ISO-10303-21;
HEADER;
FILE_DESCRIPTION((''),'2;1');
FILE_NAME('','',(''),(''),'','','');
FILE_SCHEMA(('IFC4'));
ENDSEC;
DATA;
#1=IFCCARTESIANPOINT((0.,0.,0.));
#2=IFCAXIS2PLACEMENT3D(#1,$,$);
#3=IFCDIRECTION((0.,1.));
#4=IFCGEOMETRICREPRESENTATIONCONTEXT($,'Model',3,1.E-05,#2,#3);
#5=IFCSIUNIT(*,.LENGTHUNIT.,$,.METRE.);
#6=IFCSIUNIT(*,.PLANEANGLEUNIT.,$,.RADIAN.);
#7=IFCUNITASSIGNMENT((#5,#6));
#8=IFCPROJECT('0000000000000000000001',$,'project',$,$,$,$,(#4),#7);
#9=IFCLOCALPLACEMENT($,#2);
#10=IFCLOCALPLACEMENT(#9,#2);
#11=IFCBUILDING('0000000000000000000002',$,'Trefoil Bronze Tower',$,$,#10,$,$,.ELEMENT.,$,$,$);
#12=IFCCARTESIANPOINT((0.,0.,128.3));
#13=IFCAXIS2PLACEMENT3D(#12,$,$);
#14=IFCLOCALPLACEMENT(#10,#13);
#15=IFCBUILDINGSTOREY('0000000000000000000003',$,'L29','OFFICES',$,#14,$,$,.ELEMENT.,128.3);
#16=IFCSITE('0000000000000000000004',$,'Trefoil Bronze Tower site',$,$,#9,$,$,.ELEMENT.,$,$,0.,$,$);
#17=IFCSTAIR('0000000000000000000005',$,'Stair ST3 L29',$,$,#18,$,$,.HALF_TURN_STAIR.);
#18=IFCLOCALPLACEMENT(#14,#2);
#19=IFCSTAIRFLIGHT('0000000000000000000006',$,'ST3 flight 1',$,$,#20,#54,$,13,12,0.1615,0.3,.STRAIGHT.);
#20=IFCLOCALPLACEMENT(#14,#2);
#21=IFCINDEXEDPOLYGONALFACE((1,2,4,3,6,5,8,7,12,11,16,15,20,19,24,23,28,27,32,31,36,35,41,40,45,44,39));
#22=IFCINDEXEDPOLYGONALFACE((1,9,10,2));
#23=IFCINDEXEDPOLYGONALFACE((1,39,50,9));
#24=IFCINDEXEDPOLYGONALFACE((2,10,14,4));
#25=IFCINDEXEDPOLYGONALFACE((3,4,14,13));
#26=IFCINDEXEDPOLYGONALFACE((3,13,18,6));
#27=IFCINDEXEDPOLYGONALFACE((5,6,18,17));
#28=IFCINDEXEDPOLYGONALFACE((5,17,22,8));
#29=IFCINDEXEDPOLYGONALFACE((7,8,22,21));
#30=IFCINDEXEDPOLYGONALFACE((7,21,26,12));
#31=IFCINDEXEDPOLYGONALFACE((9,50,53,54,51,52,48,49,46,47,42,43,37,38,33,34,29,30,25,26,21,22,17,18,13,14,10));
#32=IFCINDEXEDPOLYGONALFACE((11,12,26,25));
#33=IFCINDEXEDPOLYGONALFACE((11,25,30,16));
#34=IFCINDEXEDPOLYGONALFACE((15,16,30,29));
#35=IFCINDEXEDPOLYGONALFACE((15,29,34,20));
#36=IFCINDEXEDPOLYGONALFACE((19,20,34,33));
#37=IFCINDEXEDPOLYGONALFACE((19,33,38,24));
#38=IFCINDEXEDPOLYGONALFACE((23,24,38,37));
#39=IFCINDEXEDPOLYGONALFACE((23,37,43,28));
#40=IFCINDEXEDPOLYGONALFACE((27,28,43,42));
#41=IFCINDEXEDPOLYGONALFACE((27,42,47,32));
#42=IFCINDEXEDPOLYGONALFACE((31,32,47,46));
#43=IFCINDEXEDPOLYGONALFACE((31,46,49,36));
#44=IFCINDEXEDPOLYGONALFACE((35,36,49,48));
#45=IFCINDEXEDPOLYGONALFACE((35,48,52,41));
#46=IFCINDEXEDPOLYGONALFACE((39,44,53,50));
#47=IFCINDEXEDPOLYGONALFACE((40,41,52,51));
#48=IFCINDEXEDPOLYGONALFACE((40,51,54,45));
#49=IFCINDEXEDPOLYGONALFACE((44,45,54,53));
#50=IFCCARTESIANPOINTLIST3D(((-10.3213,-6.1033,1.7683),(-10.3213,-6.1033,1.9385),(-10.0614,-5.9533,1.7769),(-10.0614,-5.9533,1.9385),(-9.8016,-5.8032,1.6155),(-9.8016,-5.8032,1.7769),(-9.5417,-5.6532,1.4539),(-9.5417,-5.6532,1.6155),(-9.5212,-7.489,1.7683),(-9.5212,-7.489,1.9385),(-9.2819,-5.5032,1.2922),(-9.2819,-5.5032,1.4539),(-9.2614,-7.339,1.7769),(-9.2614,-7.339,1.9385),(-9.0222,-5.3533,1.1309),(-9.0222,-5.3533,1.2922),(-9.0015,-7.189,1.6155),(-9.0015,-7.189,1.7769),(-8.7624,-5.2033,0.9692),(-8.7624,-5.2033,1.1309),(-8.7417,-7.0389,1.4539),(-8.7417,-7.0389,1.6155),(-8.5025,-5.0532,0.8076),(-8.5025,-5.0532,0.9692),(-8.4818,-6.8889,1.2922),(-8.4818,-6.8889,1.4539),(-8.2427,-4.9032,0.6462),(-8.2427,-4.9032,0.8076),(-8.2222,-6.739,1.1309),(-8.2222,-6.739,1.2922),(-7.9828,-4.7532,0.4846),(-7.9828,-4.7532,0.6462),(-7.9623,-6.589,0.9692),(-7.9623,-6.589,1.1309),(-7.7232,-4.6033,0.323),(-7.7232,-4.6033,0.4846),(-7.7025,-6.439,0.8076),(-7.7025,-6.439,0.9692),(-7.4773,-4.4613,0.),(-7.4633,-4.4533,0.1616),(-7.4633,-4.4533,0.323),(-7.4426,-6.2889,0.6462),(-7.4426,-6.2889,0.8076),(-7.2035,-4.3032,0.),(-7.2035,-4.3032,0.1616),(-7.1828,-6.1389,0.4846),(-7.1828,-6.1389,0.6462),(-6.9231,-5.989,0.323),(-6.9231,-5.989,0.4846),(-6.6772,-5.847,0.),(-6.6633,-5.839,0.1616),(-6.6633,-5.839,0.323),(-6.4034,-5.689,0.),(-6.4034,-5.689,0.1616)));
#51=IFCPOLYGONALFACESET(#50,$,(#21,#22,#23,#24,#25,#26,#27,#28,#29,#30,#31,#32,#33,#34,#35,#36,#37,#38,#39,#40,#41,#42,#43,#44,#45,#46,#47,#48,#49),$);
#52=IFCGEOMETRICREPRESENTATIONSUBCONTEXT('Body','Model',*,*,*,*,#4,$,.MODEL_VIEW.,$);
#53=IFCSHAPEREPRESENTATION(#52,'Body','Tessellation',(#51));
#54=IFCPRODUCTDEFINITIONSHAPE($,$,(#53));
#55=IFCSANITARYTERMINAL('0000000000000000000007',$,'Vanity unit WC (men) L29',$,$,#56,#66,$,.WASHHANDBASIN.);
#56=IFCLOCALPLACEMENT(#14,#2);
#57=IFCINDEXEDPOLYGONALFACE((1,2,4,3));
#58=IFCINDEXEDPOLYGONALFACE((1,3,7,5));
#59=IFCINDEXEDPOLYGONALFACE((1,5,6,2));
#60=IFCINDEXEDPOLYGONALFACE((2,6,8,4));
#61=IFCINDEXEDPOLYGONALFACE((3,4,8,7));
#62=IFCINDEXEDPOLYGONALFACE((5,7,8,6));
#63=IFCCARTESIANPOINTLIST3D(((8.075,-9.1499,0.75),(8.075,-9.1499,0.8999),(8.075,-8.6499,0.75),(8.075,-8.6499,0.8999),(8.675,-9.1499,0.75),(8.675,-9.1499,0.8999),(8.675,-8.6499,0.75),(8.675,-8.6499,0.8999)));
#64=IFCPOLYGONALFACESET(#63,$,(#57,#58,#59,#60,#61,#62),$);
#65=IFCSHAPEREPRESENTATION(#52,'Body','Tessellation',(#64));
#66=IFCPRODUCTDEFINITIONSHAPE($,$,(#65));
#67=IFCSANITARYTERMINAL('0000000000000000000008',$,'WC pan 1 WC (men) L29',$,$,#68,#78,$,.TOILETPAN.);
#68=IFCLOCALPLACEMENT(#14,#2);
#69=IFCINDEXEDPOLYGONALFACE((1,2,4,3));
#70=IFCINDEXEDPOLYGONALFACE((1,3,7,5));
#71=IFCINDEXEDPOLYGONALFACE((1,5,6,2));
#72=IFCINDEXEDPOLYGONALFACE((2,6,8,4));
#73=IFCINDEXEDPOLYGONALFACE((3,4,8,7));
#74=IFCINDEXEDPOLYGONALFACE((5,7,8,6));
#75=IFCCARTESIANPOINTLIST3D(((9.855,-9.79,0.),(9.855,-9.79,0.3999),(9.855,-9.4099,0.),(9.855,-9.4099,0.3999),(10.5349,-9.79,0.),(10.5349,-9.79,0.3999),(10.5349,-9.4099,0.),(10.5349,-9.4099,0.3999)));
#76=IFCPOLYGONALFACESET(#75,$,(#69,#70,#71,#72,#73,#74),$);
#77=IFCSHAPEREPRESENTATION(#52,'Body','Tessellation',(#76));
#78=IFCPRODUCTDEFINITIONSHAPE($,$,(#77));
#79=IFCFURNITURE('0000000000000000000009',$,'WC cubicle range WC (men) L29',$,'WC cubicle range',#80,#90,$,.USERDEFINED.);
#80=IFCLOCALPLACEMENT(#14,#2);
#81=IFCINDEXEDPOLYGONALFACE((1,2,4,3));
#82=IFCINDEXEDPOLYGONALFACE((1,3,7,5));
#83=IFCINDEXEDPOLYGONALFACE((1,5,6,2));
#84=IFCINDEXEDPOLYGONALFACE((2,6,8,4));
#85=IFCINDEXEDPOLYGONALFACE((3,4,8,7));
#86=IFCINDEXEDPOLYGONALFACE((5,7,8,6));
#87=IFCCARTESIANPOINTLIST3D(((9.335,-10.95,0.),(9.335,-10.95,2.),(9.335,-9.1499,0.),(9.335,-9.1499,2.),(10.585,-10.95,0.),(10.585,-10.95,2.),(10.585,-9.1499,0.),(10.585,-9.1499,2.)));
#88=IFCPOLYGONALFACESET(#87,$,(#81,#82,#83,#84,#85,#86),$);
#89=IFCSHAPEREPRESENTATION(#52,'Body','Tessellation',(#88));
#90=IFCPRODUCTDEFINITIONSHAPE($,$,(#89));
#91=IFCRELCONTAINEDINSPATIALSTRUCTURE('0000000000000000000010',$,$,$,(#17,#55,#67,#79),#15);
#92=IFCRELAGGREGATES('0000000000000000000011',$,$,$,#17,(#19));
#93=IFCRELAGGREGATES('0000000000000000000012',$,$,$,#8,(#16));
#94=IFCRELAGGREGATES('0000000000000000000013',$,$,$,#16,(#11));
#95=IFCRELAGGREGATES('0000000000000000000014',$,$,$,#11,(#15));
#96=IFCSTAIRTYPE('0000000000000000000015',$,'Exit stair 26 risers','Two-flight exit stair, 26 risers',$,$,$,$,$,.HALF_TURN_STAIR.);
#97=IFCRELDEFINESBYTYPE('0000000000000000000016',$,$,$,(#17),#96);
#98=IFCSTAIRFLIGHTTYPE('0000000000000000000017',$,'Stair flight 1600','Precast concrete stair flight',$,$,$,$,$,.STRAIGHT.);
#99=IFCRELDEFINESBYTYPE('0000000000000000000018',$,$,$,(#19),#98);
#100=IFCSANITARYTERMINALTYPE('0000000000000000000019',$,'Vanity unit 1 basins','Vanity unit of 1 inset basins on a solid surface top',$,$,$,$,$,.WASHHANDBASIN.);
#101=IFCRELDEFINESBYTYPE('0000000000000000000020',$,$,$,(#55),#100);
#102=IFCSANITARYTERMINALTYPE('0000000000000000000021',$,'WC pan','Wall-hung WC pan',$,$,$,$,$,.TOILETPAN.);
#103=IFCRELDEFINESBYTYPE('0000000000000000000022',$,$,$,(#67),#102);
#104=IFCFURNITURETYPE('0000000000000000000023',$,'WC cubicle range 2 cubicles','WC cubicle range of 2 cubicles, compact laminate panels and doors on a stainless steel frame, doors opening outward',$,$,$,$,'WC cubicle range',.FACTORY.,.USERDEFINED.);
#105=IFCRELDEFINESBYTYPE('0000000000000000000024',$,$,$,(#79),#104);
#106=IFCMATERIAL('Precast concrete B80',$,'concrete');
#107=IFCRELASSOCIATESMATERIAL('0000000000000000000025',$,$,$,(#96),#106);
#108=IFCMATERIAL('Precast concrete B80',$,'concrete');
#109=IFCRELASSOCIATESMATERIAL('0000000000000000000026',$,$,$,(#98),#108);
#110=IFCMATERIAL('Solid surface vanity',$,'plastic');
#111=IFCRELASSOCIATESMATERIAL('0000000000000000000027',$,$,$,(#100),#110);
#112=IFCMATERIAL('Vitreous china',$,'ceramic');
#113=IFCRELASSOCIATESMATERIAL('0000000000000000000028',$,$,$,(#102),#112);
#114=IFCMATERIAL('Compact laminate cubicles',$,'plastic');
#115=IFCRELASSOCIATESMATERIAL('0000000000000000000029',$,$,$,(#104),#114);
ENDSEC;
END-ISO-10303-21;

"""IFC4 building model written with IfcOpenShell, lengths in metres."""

from ifc_helpers import new_model, si_unit, direction, frame, origin, place, context, subcontext, project, spatial, polyline, outline, extrude, material, type_object, element, aggregate, save


model = new_model("IFC4")

# Units and contexts
model_context = context("Model", 3, precision=1e-05, world=origin(), true_north=direction((0.0, 1.0)))
body_context = subcontext(model_context, "Body", "Model", "MODEL_VIEW")
ifc_project = project(units=[si_unit("LENGTHUNIT", "METRE"), si_unit("PLANEANGLEUNIT", "RADIAN")], contexts=[model_context])

# Site, building, storey
site_placement = place(None, origin())
site = spatial("IfcSite", under=ifc_project, at=site_placement, Name="Trefoil Bronze Tower site", CompositionType="ELEMENT", RefElevation=0.0)
building_placement = place(site_placement, origin())
building = spatial("IfcBuilding", under=site, at=building_placement, Name="Trefoil Bronze Tower", CompositionType="ELEMENT")
storey_placement = place(building_placement, frame((0.0, 0.0, 128.3)))
storey = spatial("IfcBuildingStorey", under=building, at=storey_placement, Name="L29", Description="OFFICES", CompositionType="ELEMENT", Elevation=128.3)

# Stair, stair flight
ifc_material_1 = material(Name="Precast concrete B80", Category="concrete")
stair_type = type_object("IfcStairType", Name="Exit stair 26 risers", Description="Two-flight exit stair, 26 risers", PredefinedType="HALF_TURN_STAIR", material=ifc_material_1)
stair_placement = place(storey_placement, origin())
stair = element("IfcStair", 1, at=stair_placement, inside=storey, type_object=stair_type, Name="Stair ST3 L29", PredefinedType="HALF_TURN_STAIR")
ifc_material_2 = material(Name="Precast concrete B80", Category="concrete")
stair_flight_type = type_object("IfcStairFlightType", Name="Stair flight 1600", Description="Precast concrete stair flight", PredefinedType="STRAIGHT", material=ifc_material_2)
stair_flight_placement = place(storey_placement, frame((-6.8035, -4.9961, 0.0), z_axis=(0.0, 0.0, 1.0), x_axis=(-0.866025, -0.5, 0.0)))
stair_flight = element("IfcStairFlight", 2, at=stair_flight_placement, type_object=stair_flight_type, Name="ST3 flight 1", NumberOfRisers=13, NumberOfTreads=12, PredefinedType="STRAIGHT", RiserHeight=0.1615, TreadLength=0.3, context=body_context, shape_type="SweptSolid", body=[
    extrude(outline(polyline([(0.0, 0.0), (0.0, 0.1616), (0.3, 0.1616), (0.3, 0.323), (0.6001, 0.323), (0.6001, 0.4846), (0.8999, 0.4846), (0.8999, 0.6462), (1.2, 0.6462), (1.2, 0.8076), (1.5, 0.8076), (1.5, 0.9692), (1.8, 0.9692), (1.8, 1.1309), (2.1001, 1.1309), (2.1001, 1.2922), (2.3999, 1.2922), (2.3999, 1.4539), (2.7, 1.4539), (2.7, 1.6155), (3.0, 1.6155), (3.0, 1.7769), (3.3, 1.7769), (3.3, 1.9385), (3.6001, 1.9385), (3.6001, 2.1001), (3.6001, 1.7683), (0.3162, 0.0), (0.0, 0.0)])), frame((0.0, 0.8, 0.0), z_axis=(0.0, -1.0, 0.0), x_axis=(1.0, 0.0, 0.0)), (0.0, 0.0, 1.0), 1.6001),
])
aggregate(stair, [stair_flight])

# Sanitary terminals
ifc_material_3 = material(Name="Solid surface vanity", Category="plastic")
sanitary_terminal_type_1 = type_object("IfcSanitaryTerminalType", Name="Vanity unit 1 basins", Description="Vanity unit of 1 inset basins on a solid surface top", PredefinedType="WASHHANDBASIN", material=ifc_material_3)
sanitary_terminal_1_placement = place(storey_placement, frame((0.0, 0.0, 0.75)))
element("IfcSanitaryTerminal", 3, at=sanitary_terminal_1_placement, inside=storey, type_object=sanitary_terminal_type_1, Name="Vanity unit WC (men) L29", PredefinedType="WASHHANDBASIN", context=body_context, shape_type="SweptSolid", body=[
    extrude(outline(polyline([(8.075, -8.6499), (8.675, -8.6499), (8.675, -9.1499), (8.075, -9.1499), (8.075, -8.6499)])), origin(), (0.0, 0.0, 1.0), 0.1499),
])
ifc_material_4 = material(Name="Vitreous china", Category="ceramic")
sanitary_terminal_type_2 = type_object("IfcSanitaryTerminalType", Name="WC pan", Description="Wall-hung WC pan", PredefinedType="TOILETPAN", material=ifc_material_4)
sanitary_terminal_2_placement = place(storey_placement, origin())
element("IfcSanitaryTerminal", 4, at=sanitary_terminal_2_placement, inside=storey, type_object=sanitary_terminal_type_2, Name="WC pan 1 WC (men) L29", PredefinedType="TOILETPAN", context=body_context, shape_type="SweptSolid", body=[
    extrude(outline(polyline([(9.855, -9.4099), (10.5349, -9.4099), (10.5349, -9.79), (9.855, -9.79), (9.855, -9.4099)])), origin(), (0.0, 0.0, 1.0), 0.3999),
])

# Furniture
ifc_material_5 = material(Name="Compact laminate cubicles", Category="plastic")
furniture_type = type_object("IfcFurnitureType", Name="WC cubicle range 2 cubicles", Description="WC cubicle range of 2 cubicles, compact laminate panels and doors on a stainless steel frame, doors opening outward", ElementType="WC cubicle range", AssemblyPlace="FACTORY", PredefinedType="USERDEFINED", material=ifc_material_5)
furniture_placement = place(storey_placement, origin())
element("IfcFurniture", 5, at=furniture_placement, inside=storey, type_object=furniture_type, Name="WC cubicle range WC (men) L29", ObjectType="WC cubicle range", PredefinedType="USERDEFINED", context=body_context, shape_type="SweptSolid", body=[
    extrude(outline(polyline([(9.335, -9.1499), (10.585, -9.1499), (10.585, -10.95), (9.335, -10.95), (9.335, -9.1499)])), origin(), (0.0, 0.0, 1.0), 2.0),
])

save(model, "model.ifc")
